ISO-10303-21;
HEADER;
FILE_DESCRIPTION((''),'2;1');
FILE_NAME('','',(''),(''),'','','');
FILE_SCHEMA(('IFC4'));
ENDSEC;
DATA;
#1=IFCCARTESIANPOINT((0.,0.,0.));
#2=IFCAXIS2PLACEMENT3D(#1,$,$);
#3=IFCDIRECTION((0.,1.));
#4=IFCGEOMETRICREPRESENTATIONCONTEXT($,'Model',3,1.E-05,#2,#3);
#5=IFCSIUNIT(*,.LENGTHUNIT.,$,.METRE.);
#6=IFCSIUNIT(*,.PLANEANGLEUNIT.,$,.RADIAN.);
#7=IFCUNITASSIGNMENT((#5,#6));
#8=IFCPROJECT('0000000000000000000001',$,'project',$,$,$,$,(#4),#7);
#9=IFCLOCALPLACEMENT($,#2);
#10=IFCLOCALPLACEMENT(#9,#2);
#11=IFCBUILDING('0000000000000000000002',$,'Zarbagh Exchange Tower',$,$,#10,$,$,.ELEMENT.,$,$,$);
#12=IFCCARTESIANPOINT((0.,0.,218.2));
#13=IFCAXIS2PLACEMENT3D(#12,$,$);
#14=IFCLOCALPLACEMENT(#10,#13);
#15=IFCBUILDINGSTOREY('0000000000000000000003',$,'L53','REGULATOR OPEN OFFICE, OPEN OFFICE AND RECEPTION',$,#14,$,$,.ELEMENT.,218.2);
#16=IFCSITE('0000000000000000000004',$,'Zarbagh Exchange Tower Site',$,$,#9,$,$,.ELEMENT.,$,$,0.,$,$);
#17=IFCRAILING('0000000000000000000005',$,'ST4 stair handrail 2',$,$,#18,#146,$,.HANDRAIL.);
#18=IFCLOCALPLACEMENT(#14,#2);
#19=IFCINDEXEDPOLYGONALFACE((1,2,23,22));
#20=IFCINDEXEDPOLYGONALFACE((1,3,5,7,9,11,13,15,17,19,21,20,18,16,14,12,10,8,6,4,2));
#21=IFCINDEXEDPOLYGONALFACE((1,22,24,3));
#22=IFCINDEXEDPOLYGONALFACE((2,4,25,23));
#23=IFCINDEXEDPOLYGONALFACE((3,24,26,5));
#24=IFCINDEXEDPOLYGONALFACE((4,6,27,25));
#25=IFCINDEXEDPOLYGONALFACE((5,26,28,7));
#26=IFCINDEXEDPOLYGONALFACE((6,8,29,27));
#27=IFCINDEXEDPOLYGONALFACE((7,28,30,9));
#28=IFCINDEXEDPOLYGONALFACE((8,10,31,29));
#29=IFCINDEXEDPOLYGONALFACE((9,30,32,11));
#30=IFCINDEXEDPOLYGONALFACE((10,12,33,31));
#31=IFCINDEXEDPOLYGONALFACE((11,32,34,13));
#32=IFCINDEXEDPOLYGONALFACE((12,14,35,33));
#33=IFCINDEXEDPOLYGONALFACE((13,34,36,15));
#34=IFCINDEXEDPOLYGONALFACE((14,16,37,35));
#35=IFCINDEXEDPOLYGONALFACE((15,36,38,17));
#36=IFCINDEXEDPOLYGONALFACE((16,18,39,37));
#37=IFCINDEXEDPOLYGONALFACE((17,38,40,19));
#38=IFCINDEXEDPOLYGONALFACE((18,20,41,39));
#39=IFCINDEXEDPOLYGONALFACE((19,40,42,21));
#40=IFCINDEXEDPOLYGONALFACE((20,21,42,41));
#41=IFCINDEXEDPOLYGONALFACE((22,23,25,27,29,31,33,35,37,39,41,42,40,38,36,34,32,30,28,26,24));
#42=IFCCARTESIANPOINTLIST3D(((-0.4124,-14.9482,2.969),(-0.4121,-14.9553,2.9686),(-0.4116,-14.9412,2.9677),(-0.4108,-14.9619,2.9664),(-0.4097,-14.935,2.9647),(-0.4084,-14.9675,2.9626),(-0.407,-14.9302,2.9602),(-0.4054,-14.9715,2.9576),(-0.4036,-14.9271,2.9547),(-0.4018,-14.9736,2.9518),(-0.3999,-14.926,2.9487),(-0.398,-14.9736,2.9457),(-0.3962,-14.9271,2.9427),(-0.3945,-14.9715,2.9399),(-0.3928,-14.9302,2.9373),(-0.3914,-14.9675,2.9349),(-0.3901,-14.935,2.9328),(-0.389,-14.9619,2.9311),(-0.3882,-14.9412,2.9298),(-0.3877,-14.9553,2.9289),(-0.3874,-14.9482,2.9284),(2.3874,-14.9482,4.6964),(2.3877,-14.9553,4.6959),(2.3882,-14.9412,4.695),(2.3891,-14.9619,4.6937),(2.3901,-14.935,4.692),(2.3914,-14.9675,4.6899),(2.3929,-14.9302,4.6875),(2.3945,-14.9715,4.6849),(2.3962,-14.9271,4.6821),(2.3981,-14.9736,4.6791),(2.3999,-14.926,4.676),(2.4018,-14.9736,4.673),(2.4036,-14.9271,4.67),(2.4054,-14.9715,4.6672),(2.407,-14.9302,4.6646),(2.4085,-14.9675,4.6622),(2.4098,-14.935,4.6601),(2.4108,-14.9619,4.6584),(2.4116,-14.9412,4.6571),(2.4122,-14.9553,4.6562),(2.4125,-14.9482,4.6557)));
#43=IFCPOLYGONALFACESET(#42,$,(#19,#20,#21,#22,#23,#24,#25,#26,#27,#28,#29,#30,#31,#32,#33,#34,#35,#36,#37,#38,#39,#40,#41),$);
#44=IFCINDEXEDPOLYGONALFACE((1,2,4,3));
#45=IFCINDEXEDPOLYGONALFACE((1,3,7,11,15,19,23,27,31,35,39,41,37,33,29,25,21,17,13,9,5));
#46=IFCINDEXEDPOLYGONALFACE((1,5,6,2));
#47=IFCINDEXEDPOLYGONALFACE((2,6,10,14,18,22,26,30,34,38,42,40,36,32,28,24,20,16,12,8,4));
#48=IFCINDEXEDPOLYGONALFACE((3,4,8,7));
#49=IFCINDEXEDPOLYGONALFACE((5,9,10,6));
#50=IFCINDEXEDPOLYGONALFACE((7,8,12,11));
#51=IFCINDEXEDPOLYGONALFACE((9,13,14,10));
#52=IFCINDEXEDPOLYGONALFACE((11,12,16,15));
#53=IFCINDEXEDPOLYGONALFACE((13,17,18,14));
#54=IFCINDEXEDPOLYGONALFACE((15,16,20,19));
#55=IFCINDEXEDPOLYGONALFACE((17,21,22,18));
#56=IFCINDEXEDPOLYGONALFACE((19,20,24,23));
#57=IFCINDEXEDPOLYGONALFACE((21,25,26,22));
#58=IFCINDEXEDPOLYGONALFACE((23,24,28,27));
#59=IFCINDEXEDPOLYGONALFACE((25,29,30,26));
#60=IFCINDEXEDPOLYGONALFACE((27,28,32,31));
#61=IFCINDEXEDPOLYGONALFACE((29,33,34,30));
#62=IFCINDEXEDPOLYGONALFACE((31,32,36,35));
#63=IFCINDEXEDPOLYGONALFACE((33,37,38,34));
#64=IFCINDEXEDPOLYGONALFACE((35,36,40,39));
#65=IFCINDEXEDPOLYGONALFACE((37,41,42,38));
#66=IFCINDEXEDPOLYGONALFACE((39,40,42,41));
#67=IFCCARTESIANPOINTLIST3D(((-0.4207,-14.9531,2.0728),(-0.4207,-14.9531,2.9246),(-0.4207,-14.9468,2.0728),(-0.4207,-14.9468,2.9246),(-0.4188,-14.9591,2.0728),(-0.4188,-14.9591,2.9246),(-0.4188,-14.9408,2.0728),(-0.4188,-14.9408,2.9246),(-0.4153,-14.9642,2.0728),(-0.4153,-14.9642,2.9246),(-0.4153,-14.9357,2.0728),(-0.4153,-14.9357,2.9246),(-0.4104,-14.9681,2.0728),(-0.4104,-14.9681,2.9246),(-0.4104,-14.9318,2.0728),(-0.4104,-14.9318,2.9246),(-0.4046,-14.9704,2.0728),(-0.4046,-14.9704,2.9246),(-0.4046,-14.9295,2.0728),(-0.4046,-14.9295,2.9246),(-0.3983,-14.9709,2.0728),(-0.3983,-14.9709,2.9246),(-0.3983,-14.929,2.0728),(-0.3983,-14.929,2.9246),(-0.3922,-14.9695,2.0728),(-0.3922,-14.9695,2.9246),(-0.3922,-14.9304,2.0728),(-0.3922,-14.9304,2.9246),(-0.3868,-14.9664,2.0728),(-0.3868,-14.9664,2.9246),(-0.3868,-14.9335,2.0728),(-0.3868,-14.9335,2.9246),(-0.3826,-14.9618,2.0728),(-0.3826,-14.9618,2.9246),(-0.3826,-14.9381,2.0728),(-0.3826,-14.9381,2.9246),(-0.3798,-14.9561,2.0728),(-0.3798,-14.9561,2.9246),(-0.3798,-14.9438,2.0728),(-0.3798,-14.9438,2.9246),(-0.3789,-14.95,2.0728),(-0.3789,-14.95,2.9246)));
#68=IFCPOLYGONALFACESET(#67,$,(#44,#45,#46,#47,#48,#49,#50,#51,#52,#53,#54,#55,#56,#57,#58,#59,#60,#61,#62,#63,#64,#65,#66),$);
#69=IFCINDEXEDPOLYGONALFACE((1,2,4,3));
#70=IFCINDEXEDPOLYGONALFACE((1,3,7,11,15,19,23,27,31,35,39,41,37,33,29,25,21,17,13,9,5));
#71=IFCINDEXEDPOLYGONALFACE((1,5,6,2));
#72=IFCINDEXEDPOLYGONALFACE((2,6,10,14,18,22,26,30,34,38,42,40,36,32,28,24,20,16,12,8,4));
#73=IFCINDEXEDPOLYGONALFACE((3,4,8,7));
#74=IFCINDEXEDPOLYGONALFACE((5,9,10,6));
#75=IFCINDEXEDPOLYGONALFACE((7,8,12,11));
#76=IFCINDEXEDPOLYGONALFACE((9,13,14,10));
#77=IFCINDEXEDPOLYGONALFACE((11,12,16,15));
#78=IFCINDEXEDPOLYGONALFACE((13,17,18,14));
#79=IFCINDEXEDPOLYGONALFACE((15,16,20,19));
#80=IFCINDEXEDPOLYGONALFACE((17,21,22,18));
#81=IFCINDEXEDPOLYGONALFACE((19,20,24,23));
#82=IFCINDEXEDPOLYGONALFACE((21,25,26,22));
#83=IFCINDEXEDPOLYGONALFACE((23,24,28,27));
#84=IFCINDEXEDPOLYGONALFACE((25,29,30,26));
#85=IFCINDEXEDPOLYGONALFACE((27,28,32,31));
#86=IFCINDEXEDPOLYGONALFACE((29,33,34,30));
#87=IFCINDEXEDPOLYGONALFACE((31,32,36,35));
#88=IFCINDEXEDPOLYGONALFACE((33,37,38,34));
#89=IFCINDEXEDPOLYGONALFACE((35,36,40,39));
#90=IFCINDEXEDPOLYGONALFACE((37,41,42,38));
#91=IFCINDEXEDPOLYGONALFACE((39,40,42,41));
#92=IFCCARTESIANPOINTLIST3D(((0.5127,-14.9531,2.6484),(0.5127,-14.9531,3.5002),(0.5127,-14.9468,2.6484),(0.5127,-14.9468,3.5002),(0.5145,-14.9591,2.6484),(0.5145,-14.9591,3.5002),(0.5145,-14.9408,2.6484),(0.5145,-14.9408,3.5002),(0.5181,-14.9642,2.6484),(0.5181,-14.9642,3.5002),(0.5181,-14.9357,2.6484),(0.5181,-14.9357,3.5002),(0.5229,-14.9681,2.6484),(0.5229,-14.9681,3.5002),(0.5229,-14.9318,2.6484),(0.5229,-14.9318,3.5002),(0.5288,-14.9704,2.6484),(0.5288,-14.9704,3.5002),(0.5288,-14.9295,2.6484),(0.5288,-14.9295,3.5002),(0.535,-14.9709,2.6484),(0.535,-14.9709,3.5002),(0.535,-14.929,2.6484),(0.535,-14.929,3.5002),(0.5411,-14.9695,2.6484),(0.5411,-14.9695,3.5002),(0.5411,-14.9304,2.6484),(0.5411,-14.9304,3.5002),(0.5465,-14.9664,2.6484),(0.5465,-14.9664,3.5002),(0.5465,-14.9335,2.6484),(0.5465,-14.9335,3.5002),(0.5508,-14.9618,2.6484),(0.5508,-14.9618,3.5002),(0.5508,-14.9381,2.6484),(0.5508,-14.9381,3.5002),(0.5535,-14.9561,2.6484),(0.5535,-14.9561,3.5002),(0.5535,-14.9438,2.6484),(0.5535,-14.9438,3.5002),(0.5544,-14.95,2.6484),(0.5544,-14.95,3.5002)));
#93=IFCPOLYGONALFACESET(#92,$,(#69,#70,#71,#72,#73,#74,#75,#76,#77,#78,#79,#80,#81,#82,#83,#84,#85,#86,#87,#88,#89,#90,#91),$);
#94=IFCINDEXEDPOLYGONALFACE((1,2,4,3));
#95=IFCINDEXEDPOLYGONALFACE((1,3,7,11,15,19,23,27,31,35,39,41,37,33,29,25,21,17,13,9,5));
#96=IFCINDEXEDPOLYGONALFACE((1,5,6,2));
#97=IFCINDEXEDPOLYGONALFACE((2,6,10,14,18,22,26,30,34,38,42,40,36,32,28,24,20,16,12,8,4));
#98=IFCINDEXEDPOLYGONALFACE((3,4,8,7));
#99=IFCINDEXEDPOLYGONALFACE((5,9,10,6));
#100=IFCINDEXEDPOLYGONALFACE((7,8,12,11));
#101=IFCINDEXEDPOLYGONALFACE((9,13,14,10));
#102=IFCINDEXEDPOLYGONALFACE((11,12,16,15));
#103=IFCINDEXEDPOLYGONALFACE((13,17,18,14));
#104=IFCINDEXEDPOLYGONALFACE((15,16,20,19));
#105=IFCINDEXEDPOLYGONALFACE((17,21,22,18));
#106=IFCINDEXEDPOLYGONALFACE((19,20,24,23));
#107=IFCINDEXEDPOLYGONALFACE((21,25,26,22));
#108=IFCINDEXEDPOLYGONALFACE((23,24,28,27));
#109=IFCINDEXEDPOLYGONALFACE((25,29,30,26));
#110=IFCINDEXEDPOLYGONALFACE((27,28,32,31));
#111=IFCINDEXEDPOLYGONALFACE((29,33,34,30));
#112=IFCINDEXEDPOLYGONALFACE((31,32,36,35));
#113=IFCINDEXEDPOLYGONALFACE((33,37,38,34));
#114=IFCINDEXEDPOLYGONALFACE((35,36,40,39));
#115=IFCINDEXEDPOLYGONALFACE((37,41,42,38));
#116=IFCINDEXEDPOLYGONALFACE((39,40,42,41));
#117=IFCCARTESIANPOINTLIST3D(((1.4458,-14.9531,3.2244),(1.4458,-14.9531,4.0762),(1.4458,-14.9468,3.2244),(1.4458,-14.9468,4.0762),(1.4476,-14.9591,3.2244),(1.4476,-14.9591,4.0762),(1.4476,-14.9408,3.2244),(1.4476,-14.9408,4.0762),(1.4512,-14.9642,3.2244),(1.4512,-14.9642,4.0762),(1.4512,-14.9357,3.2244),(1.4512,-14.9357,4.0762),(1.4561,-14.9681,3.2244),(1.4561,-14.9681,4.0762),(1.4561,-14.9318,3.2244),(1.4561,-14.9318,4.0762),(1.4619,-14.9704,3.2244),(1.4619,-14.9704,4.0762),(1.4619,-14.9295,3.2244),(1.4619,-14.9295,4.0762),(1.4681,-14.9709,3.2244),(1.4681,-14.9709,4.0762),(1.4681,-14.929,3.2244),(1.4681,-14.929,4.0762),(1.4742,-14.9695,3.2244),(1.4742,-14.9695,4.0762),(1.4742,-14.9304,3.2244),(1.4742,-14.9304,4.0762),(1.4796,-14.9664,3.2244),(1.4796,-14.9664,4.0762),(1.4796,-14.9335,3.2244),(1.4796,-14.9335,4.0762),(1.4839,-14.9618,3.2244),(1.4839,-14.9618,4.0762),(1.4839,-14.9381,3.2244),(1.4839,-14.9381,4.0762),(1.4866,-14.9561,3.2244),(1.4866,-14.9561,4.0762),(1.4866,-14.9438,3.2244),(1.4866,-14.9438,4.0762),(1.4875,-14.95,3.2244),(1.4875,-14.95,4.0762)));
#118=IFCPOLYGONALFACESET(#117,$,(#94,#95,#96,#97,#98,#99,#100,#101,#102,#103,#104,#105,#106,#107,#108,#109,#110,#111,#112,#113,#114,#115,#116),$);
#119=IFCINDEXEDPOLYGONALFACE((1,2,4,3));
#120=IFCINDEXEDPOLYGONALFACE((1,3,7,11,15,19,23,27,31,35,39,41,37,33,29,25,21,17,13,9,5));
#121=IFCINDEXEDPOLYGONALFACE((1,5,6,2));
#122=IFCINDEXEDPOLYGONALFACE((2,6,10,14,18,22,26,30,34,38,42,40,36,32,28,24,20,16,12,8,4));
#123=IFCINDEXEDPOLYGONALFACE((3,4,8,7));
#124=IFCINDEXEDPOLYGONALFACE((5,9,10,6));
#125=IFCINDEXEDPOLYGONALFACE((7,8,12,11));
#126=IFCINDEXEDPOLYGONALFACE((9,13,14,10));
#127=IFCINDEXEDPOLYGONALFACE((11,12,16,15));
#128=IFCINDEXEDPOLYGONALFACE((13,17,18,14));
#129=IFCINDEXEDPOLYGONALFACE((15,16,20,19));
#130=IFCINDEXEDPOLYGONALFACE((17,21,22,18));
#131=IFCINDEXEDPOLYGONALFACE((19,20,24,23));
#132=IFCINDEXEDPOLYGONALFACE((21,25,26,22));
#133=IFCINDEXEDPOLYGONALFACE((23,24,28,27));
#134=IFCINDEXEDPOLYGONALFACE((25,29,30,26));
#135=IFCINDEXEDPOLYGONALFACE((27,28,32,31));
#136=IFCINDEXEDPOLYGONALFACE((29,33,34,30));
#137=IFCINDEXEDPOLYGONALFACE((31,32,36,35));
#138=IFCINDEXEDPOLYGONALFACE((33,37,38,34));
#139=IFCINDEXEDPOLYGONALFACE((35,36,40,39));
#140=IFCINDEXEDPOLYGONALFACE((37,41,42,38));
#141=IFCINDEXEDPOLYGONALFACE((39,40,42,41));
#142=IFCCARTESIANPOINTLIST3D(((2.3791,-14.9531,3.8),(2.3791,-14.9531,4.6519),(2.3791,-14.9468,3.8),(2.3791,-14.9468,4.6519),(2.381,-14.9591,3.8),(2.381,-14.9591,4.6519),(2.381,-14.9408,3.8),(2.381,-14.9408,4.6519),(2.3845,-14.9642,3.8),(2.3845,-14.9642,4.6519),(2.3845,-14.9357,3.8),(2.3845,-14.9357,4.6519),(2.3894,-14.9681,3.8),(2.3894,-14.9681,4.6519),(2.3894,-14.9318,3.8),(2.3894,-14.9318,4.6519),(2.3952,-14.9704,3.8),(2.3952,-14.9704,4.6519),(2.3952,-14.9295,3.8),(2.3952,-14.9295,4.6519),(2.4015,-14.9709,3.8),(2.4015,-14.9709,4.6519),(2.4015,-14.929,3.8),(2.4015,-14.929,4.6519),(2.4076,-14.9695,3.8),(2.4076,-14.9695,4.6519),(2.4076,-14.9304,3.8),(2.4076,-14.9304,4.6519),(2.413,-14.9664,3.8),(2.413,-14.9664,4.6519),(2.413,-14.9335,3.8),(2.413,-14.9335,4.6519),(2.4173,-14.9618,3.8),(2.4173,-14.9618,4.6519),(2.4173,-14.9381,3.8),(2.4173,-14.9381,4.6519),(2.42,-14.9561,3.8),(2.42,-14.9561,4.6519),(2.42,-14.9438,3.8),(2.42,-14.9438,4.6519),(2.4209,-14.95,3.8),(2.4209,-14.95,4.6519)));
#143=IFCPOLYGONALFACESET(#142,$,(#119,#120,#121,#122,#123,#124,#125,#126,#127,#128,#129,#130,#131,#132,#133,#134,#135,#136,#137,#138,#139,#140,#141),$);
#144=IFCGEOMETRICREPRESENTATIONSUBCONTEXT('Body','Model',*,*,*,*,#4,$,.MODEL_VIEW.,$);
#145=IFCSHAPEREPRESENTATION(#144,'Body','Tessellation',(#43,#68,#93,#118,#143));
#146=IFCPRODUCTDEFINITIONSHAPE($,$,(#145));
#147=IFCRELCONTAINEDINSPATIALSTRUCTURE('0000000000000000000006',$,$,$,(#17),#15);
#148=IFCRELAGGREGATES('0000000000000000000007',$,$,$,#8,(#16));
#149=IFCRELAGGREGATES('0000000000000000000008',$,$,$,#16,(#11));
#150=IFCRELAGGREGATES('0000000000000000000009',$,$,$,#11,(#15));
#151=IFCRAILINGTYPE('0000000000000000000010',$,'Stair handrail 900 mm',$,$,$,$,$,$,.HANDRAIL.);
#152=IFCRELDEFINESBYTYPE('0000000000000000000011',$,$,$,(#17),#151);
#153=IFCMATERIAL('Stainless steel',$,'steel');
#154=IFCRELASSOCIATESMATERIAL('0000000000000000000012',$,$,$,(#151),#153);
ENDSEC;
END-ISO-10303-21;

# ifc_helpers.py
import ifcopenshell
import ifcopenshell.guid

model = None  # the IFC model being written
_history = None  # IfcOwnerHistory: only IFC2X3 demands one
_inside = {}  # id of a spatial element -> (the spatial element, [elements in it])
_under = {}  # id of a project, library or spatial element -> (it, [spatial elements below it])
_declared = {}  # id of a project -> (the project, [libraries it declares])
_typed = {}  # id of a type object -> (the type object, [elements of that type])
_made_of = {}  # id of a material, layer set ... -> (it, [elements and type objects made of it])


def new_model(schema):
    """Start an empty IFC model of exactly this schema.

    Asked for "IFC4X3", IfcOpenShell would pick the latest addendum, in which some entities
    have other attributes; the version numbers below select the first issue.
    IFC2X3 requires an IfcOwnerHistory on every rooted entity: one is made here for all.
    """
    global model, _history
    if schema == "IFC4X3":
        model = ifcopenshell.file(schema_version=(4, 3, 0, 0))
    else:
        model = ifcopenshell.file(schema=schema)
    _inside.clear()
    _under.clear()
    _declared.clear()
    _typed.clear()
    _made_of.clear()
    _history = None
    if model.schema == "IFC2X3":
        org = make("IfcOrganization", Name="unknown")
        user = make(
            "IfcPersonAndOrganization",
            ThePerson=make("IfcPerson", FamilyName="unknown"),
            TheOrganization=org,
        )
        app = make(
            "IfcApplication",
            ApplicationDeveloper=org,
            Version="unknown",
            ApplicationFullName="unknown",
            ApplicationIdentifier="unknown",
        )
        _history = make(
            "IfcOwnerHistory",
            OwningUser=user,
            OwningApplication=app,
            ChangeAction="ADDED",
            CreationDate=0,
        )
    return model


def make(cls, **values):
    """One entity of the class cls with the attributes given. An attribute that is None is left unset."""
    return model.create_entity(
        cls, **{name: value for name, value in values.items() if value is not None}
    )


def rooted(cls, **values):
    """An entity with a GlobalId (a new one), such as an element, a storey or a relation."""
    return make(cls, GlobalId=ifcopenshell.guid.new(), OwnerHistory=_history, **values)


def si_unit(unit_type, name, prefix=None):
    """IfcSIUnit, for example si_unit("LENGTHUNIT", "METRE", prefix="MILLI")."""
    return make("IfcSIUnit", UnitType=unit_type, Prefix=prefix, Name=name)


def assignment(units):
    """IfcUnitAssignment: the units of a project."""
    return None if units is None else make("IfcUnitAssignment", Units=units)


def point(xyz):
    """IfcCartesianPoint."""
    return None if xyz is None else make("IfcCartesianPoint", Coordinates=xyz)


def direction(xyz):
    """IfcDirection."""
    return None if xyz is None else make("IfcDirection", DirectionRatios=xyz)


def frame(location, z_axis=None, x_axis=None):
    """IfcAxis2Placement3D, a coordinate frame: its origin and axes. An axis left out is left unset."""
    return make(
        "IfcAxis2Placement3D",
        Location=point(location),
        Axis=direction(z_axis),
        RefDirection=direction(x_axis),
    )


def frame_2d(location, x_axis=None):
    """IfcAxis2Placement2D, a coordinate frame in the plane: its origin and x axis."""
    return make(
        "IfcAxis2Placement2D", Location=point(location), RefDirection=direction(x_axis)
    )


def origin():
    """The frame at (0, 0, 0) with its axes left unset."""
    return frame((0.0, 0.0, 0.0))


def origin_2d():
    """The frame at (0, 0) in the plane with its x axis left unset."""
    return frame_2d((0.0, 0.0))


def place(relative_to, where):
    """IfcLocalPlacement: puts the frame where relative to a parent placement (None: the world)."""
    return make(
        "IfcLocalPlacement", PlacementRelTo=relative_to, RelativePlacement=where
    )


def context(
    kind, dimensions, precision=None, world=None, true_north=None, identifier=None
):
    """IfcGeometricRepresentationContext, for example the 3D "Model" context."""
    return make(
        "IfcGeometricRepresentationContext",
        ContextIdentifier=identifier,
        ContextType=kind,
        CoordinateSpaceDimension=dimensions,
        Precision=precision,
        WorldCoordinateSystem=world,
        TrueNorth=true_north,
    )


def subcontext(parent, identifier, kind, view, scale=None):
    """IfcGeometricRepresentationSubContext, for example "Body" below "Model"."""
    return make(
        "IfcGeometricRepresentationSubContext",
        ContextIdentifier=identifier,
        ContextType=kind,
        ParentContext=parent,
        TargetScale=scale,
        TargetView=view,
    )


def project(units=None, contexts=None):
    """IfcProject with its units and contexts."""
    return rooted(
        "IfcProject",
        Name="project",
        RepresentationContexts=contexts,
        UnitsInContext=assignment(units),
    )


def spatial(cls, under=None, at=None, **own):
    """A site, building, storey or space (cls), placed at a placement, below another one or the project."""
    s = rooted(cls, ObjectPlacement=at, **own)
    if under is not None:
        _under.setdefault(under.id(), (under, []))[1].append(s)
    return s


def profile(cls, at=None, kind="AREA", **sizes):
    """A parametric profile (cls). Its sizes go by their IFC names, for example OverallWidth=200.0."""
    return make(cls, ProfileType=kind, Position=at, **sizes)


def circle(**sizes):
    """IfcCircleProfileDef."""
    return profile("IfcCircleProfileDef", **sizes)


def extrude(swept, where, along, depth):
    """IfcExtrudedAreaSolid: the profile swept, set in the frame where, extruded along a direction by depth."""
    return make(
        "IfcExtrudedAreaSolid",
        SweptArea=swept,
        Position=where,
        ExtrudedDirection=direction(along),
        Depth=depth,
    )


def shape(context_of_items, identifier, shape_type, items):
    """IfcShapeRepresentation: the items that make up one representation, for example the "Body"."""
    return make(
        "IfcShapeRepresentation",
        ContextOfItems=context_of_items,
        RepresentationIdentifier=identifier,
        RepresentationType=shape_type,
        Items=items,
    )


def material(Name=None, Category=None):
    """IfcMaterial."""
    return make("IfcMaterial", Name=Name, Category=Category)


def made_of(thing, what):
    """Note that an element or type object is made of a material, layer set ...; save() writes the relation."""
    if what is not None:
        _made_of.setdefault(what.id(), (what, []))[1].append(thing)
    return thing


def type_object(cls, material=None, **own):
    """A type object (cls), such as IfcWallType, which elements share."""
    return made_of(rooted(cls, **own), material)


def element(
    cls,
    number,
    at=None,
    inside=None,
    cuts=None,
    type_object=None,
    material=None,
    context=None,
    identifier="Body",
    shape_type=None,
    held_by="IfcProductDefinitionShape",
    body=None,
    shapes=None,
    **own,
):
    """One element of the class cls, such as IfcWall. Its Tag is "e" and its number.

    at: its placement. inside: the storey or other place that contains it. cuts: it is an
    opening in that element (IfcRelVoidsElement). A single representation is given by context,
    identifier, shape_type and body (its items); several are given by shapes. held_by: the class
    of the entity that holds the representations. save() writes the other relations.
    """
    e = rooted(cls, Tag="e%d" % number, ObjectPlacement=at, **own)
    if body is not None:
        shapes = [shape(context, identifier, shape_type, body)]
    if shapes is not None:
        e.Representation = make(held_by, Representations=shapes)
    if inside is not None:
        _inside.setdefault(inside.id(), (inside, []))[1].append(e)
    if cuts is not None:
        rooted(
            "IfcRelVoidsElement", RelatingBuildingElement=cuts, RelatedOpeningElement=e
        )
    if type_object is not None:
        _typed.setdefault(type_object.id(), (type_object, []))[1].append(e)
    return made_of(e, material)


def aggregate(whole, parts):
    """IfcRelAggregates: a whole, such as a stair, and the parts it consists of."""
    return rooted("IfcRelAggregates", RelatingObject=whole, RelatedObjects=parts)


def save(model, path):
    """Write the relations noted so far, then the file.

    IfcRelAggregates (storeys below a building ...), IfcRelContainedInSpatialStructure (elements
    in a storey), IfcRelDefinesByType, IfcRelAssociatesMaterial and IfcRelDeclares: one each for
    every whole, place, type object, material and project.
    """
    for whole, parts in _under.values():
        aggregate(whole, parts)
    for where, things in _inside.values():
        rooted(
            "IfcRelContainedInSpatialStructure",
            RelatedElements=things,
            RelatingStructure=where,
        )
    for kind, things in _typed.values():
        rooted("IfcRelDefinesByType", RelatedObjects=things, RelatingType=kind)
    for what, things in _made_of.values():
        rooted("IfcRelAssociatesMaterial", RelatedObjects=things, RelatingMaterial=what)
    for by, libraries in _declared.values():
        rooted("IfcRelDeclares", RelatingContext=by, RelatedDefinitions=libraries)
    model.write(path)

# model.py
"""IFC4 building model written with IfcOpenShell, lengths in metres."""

from ifc_helpers import new_model, si_unit, direction, frame, origin, origin_2d, place, context, subcontext, project, spatial, circle, extrude, material, type_object, element, save


model = new_model("IFC4")

# Units and contexts
model_context = context("Model", 3, precision=1e-05, world=origin(), true_north=direction((0.0, 1.0)))
body_context = subcontext(model_context, "Body", "Model", "MODEL_VIEW")
ifc_project = project(units=[si_unit("LENGTHUNIT", "METRE"), si_unit("PLANEANGLEUNIT", "RADIAN")], contexts=[model_context])

# Site, building, storey
site_placement = place(None, origin())
site = spatial("IfcSite", under=ifc_project, at=site_placement, Name="Zarbagh Exchange Tower Site", CompositionType="ELEMENT", RefElevation=0.0)
building_placement = place(site_placement, origin())
building = spatial("IfcBuilding", under=site, at=building_placement, Name="Zarbagh Exchange Tower", CompositionType="ELEMENT")
storey_placement = place(building_placement, frame((0.0, 0.0, 218.2)))
storey = spatial("IfcBuildingStorey", under=building, at=storey_placement, Name="L53", Description="REGULATOR OPEN OFFICE, OPEN OFFICE AND RECEPTION", CompositionType="ELEMENT", Elevation=218.2)

# Shared definitions
ifc_material_1 = material(Name="Stainless steel", Category="steel")

# Railing
railing_type_1 = type_object("IfcRailingType", Name="Stair handrail 900 mm", PredefinedType="HANDRAIL", material=ifc_material_1)
railing_1_placement = place(storey_placement, frame((-0.3999, -14.95, 2.0728)))
element("IfcRailing", 1, at=railing_1_placement, inside=storey, type_object=railing_type_1, Name="ST4 stair handrail 2", PredefinedType="HANDRAIL", context=body_context, shape_type="SweptSolid", body=[
    extrude(circle(Radius=0.0239, at=origin_2d()), frame((0.0, 0.0, 0.876), z_axis=(0.851069, 0.0, 0.525054), x_axis=(0.0, 1.0, 0.0)), (0.0, 0.0, 1.0), 3.2898),
    extrude(circle(Radius=0.021, at=origin_2d()), origin(), (0.0, 0.0, 1.0), 0.8518),
    extrude(circle(Radius=0.021, at=origin_2d()), frame((0.9333, 0.0, 0.5757)), (0.0, 0.0, 1.0), 0.8518),
    extrude(circle(Radius=0.021, at=origin_2d()), frame((1.8665, 0.0, 1.1516)), (0.0, 0.0, 1.0), 0.8518),
    extrude(circle(Radius=0.021, at=origin_2d()), frame((2.7998, 0.0, 1.7273)), (0.0, 0.0, 1.0), 0.8518),
])

save(model, "model.ifc")
